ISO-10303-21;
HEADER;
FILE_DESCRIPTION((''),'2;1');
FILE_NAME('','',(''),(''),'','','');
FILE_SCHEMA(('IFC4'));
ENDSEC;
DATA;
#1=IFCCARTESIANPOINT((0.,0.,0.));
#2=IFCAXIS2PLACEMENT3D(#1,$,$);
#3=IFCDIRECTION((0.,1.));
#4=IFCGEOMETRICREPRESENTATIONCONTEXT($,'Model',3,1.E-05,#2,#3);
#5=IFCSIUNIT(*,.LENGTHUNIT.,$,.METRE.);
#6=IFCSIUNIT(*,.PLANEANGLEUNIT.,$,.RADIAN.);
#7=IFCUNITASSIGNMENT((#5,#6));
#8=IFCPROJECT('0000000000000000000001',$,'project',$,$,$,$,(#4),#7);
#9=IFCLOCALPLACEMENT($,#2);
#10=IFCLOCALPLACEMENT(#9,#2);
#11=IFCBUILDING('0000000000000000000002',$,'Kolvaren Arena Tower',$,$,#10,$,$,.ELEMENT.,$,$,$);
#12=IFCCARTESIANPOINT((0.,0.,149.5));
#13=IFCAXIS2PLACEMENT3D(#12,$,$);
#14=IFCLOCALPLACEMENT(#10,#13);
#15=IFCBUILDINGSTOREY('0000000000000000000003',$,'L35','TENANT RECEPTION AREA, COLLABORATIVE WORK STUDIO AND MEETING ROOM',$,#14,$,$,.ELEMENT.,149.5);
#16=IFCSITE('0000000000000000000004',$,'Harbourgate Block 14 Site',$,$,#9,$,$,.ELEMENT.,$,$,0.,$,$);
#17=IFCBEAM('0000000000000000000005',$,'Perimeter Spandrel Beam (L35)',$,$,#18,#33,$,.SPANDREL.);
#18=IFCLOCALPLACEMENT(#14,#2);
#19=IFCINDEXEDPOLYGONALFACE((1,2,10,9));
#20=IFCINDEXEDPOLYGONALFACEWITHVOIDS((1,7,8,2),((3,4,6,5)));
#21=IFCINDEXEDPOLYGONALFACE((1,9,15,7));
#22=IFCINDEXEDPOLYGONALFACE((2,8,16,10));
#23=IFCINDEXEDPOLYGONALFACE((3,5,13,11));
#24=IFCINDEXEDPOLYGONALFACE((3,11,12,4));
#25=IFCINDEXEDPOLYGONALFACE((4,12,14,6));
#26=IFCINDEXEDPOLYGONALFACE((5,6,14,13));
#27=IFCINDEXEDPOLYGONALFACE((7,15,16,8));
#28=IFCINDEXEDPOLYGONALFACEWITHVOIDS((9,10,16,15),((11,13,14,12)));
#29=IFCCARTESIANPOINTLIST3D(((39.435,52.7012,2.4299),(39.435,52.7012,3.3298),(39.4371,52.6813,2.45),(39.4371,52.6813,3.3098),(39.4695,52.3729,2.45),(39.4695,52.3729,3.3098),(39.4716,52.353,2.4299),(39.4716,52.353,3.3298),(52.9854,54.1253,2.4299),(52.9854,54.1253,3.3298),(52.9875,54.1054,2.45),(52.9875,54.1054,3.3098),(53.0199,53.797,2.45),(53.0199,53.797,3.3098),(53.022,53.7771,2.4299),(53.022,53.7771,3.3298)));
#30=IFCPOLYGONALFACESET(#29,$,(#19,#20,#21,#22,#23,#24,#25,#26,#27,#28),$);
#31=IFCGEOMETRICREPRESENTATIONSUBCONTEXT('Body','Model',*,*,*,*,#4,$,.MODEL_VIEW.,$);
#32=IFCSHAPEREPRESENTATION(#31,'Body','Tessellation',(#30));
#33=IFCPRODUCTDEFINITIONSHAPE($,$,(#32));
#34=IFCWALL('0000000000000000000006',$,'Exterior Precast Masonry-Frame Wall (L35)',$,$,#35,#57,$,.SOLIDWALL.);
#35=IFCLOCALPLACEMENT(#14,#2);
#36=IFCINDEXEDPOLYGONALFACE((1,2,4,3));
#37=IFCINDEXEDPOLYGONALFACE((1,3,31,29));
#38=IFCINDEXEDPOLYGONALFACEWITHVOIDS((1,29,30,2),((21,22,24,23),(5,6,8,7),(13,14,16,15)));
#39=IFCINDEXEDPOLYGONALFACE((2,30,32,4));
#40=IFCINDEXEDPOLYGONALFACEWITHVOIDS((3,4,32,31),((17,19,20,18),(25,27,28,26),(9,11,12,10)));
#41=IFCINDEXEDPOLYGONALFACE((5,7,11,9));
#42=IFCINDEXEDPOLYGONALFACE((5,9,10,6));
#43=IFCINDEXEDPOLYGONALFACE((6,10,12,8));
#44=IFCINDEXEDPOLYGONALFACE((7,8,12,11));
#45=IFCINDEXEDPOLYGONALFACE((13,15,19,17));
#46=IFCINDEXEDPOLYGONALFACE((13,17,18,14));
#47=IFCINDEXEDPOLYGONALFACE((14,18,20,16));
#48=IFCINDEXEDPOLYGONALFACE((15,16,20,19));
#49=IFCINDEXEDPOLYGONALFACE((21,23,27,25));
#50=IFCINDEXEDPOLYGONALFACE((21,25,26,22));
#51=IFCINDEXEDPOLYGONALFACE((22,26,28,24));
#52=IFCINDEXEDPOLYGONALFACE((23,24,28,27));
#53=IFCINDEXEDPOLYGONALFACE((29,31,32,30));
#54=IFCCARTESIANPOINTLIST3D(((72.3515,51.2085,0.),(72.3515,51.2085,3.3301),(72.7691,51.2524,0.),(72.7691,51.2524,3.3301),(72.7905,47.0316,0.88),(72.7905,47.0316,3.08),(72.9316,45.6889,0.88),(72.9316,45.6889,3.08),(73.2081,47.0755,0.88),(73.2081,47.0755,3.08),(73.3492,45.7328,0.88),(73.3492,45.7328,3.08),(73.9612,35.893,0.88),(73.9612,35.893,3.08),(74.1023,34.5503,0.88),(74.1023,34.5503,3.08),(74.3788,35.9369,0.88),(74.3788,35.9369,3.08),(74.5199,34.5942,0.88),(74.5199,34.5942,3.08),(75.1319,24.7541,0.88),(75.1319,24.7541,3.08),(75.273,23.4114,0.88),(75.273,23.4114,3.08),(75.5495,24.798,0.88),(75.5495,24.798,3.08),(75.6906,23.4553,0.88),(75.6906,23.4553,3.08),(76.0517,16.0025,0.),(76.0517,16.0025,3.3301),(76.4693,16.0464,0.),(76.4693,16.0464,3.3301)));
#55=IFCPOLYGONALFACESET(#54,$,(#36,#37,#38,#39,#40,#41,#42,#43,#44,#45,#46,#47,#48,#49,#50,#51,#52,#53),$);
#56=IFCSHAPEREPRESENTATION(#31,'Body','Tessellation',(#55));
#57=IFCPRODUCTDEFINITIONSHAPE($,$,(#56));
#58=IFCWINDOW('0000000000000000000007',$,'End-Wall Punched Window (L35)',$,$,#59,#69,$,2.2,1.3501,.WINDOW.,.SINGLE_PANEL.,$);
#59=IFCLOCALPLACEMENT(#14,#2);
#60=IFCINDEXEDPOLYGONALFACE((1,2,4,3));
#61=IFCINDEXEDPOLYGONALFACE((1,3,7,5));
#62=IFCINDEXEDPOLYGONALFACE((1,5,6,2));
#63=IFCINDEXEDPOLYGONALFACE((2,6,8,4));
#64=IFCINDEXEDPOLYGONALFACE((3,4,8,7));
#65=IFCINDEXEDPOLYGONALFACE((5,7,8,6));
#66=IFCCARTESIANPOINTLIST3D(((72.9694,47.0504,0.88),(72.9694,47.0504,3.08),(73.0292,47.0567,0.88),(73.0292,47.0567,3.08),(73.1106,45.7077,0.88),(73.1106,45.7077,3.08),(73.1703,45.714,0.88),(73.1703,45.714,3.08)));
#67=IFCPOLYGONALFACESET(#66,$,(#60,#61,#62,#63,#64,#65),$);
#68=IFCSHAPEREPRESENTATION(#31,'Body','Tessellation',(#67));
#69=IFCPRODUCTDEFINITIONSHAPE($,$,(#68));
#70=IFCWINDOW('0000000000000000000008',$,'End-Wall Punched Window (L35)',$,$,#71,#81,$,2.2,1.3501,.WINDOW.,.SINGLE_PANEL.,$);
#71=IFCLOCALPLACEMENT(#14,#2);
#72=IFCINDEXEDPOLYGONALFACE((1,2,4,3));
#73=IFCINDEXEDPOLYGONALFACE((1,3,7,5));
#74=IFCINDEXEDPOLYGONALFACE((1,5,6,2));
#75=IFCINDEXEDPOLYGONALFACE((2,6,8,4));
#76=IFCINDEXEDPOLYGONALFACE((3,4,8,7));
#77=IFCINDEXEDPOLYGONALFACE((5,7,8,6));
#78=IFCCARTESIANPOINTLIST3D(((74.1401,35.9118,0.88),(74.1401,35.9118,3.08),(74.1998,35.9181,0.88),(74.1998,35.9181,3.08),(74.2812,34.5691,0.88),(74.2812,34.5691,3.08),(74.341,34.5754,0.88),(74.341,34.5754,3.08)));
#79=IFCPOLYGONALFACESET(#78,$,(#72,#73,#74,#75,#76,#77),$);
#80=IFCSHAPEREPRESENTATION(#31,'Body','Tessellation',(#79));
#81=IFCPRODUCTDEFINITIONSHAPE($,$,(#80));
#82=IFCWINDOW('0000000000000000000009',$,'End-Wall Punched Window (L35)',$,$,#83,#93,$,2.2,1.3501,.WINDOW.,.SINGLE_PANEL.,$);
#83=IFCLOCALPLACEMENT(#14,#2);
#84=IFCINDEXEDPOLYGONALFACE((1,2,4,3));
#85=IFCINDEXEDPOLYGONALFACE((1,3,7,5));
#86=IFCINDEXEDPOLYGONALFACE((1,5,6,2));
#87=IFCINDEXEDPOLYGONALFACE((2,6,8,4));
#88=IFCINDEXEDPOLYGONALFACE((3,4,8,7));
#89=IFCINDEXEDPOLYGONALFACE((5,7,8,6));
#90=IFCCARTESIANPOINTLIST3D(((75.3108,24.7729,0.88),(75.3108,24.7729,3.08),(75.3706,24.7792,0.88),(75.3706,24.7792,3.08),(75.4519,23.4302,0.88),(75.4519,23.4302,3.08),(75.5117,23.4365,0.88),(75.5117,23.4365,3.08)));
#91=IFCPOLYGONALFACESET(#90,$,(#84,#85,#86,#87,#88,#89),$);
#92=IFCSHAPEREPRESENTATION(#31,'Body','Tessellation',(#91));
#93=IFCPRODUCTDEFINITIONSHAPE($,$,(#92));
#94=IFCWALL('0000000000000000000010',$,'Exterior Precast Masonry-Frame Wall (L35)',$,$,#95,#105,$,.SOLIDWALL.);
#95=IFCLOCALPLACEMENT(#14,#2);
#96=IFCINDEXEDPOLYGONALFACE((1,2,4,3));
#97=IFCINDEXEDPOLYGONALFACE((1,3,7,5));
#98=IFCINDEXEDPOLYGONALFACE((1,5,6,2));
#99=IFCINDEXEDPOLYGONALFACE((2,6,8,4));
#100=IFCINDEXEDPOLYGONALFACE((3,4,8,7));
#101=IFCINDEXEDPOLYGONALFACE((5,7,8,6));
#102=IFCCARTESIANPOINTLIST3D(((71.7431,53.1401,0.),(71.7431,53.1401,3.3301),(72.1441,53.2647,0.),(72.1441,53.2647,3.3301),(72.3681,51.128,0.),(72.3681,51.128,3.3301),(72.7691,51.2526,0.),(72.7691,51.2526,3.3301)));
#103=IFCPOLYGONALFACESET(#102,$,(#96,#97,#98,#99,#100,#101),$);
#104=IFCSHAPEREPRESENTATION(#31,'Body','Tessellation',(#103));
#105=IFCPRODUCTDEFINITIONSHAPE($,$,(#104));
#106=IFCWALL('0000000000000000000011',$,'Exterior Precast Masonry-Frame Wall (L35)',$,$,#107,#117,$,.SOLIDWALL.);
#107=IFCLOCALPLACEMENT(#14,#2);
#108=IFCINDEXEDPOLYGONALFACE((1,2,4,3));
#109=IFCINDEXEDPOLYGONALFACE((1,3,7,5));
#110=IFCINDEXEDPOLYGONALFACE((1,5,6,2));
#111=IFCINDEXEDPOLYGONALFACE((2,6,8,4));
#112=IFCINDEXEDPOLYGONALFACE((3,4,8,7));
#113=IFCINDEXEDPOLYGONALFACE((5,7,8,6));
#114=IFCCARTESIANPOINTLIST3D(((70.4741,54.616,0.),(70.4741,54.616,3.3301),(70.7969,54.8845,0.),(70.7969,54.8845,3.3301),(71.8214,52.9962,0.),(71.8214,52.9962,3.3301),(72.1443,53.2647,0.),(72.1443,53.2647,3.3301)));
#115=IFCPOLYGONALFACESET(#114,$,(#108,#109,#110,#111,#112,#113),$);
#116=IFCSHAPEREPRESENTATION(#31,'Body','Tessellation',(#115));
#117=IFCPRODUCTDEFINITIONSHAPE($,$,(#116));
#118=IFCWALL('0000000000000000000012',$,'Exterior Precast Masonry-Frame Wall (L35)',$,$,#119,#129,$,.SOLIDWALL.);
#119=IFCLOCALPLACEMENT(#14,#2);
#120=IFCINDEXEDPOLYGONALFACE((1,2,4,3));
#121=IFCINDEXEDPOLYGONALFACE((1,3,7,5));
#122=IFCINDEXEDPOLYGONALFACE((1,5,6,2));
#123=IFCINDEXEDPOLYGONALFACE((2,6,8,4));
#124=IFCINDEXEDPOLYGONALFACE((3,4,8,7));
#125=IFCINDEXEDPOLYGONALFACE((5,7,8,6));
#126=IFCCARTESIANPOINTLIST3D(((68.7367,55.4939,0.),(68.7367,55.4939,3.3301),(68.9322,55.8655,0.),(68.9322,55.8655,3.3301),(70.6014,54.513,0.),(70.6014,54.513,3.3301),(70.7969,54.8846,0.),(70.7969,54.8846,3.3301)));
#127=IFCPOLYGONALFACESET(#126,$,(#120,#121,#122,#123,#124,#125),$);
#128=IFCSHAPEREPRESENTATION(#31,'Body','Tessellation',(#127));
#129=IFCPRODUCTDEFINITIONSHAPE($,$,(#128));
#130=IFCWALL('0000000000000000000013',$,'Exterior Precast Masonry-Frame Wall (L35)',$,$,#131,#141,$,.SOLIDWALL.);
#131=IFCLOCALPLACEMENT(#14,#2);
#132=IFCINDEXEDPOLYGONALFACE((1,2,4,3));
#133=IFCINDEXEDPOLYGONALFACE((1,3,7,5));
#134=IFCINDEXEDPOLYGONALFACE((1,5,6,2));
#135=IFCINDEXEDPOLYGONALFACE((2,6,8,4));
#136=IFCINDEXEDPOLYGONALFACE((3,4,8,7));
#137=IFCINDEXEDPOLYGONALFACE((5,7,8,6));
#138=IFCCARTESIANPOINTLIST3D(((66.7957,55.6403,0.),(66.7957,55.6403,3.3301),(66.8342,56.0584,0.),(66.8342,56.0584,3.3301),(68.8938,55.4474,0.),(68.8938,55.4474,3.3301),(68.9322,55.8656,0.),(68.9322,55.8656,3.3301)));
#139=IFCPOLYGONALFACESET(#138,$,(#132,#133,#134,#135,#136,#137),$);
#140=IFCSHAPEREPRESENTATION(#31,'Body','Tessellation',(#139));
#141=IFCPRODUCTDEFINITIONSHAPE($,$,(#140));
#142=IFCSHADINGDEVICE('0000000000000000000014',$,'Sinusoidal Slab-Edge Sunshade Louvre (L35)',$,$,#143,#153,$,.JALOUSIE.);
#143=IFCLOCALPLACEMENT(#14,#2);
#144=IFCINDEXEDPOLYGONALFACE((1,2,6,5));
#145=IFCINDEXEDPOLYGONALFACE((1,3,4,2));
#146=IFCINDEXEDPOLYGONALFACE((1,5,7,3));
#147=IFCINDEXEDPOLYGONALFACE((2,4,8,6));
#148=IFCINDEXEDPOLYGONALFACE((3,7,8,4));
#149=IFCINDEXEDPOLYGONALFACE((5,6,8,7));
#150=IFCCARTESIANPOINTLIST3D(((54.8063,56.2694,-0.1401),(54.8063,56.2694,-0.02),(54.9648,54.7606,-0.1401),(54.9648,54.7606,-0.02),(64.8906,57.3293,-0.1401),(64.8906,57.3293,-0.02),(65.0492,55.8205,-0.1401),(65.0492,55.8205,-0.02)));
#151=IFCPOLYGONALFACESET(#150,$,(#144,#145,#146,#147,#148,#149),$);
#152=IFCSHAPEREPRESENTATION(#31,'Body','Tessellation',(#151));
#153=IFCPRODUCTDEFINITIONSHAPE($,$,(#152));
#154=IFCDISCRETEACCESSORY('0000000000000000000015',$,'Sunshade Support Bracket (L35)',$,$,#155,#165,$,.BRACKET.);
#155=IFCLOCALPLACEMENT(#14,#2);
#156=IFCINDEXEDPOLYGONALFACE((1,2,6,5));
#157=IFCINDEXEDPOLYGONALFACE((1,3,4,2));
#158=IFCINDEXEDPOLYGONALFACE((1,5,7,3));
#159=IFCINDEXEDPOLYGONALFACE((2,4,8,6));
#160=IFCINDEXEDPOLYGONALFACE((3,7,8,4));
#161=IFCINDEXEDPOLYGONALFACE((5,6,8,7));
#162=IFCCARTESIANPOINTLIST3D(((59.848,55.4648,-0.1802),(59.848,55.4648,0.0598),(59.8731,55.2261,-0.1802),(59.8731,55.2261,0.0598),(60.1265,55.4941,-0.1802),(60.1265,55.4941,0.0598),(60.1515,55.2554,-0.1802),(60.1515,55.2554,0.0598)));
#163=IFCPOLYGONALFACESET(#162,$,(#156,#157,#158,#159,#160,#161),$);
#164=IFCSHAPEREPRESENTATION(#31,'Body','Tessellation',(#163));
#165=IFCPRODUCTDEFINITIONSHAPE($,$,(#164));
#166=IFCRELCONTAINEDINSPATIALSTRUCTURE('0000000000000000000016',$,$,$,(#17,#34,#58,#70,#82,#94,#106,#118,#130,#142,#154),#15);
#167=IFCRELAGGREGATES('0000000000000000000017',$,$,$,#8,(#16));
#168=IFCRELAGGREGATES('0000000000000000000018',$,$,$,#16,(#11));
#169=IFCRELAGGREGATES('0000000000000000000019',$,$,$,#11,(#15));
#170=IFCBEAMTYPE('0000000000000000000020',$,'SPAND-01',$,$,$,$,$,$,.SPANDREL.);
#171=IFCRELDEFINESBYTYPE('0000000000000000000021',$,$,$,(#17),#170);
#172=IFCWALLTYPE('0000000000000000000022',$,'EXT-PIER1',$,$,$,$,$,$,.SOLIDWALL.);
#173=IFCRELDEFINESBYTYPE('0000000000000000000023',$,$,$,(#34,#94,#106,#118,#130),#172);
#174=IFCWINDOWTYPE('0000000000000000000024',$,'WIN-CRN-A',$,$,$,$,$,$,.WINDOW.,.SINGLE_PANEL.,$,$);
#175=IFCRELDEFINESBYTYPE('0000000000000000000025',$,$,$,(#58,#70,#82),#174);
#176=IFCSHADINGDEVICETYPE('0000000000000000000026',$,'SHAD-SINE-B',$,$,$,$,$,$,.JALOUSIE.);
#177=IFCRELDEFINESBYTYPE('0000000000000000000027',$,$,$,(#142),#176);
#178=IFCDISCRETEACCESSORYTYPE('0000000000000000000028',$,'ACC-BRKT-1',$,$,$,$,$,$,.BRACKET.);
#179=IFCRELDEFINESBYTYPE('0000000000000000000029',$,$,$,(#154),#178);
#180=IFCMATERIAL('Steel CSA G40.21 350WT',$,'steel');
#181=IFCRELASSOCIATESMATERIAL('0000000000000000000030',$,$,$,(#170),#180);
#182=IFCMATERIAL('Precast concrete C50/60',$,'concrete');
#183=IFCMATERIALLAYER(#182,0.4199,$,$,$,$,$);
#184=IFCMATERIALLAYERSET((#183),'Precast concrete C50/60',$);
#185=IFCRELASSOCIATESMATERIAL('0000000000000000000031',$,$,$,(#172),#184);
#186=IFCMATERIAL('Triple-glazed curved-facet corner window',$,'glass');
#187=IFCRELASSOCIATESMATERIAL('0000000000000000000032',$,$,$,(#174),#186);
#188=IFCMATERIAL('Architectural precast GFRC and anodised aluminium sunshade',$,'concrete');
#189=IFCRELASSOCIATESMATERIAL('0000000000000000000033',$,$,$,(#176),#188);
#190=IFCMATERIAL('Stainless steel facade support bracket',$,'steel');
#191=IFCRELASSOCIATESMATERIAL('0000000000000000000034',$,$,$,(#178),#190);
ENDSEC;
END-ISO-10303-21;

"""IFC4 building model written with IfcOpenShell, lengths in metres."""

from ifc_helpers import new_model, si_unit, direction, frame, frame_2d, origin, origin_2d, place, context, subcontext, project, spatial, rectangle, hollow_rectangle, extrude, material, layer, layer_set, material_profile, profile_set, type_object, element, fill, save


model = new_model("IFC4")

# Units and contexts
model_context = context("Model", 3, precision=1e-05, world=origin(), true_north=direction((0.0, 1.0)))
body_context = subcontext(model_context, "Body", "Model", "MODEL_VIEW")
ifc_project = project(units=[si_unit("LENGTHUNIT", "METRE"), si_unit("PLANEANGLEUNIT", "RADIAN")], contexts=[model_context])

# Site, building, storey
site_placement = place(None, origin())
site = spatial("IfcSite", under=ifc_project, at=site_placement, Name="Harbourgate Block 14 Site", CompositionType="ELEMENT", RefElevation=0.0)
building_placement = place(site_placement, origin())
building = spatial("IfcBuilding", under=site, at=building_placement, Name="Kolvaren Arena Tower", CompositionType="ELEMENT")
storey_placement = place(building_placement, frame((0.0, 0.0, 149.5)))
storey = spatial("IfcBuildingStorey", under=building, at=storey_placement, Name="L35", Description="TENANT RECEPTION AREA, COLLABORATIVE WORK STUDIO AND MEETING ROOM", CompositionType="ELEMENT", Elevation=149.5)

# Beam
ifc_material_1 = material(Name="Steel CSA G40.21 350WT", Category="steel")
ifc_material_profile_1 = material_profile(ifc_material_1, hollow_rectangle(XDim=0.3501, YDim=0.8999, WallThickness=0.02, at=origin_2d()), Name="HSS 900x350x20")
ifc_profile_set_1 = profile_set([ifc_material_profile_1], Name="Steel CSA G40.21 350WT")
beam_type_1 = type_object("IfcBeamType", Name="SPAND-01", PredefinedType="SPANDREL", material=ifc_profile_set_1)
beam_1_placement = place(storey_placement, frame((53.0037, 53.9512, 2.8799), z_axis=(-0.994523, -0.10452, 0.0), x_axis=(0.10452, -0.994523, 0.0)))
element("IfcBeam", 1, at=beam_1_placement, inside=storey, type_object=beam_type_1, Name="Perimeter Spandrel Beam (L35)", PredefinedType="SPANDREL", context=body_context, shape_type="SweptSolid", body=[
    extrude(hollow_rectangle(XDim=0.3501, YDim=0.8999, WallThickness=0.02, at=origin_2d()), origin(), (0.0, 0.0, 1.0), 13.625),
])

# Wall, openings, windows
ifc_material_2 = material(Name="Precast concrete C50/60", Category="concrete")
ifc_layer = layer(ifc_material_2, 0.4199)
ifc_layer_set = layer_set([ifc_layer], Name="Precast concrete C50/60")
wall_type = type_object("IfcWallType", Name="EXT-PIER1", PredefinedType="SOLIDWALL", material=ifc_layer_set)
wall_placement = place(storey_placement, frame((72.5603, 51.2305, 0.0), z_axis=(0.0, 0.0, 1.0), x_axis=(0.104525, -0.994522, 0.0)))
wall = element("IfcWall", 2, at=wall_placement, inside=storey, type_object=wall_type, Name="Exterior Precast Masonry-Frame Wall (L35)", PredefinedType="SOLIDWALL", context=body_context, shape_type="SweptSolid", body=[
    extrude(rectangle(XDim=35.3999, YDim=0.4199, at=frame_2d((17.7, 0.0))), origin(), (0.0, 0.0, 1.0), 3.3301),
])
opening_1_placement = place(wall_placement, frame((4.2, 0.0, 0.8799)))
opening_1 = element("IfcOpeningElement", 3, at=opening_1_placement, cuts=wall, PredefinedType="OPENING", context=body_context, shape_type="SweptSolid", body=[
    extrude(rectangle(XDim=1.3501, YDim=2.2, at=frame_2d((0.675, 1.1001))), frame((0.0, 0.22, 0.0), z_axis=(0.0, -1.0, 0.0), x_axis=(1.0, 0.0, 0.0)), (0.0, 0.0, 1.0), 0.4399),
])
opening_2_placement = place(wall_placement, frame((15.3999, 0.0, 0.8799)))
opening_2 = element("IfcOpeningElement", 4, at=opening_2_placement, cuts=wall, PredefinedType="OPENING", context=body_context, shape_type="SweptSolid", body=[
    extrude(rectangle(XDim=1.3501, YDim=2.2, at=frame_2d((0.675, 1.1001))), frame((0.0, 0.22, 0.0), z_axis=(0.0, -1.0, 0.0), x_axis=(1.0, 0.0, 0.0)), (0.0, 0.0, 1.0), 0.4399),
])
opening_3_placement = place(wall_placement, frame((26.6001, 0.0, 0.8799)))
opening_3 = element("IfcOpeningElement", 5, at=opening_3_placement, cuts=wall, PredefinedType="OPENING", context=body_context, shape_type="SweptSolid", body=[
    extrude(rectangle(XDim=1.3501, YDim=2.2, at=frame_2d((0.675, 1.1001))), frame((0.0, 0.22, 0.0), z_axis=(0.0, -1.0, 0.0), x_axis=(1.0, 0.0, 0.0)), (0.0, 0.0, 1.0), 0.4399),
])
ifc_material_3 = material(Name="Triple-glazed curved-facet corner window", Category="glass")
window_type = type_object("IfcWindowType", Name="WIN-CRN-A", PartitioningType="SINGLE_PANEL", PredefinedType="WINDOW", material=ifc_material_3)
window_1_placement = place(opening_1_placement, origin())
window_1 = element("IfcWindow", 6, at=window_1_placement, inside=storey, type_object=window_type, Name="End-Wall Punched Window (L35)", OverallHeight=2.2, OverallWidth=1.3501, PartitioningType="SINGLE_PANEL", PredefinedType="WINDOW", context=body_context, shape_type="SweptSolid", body=[
    extrude(rectangle(XDim=1.3501, YDim=2.2, at=frame_2d((0.675, 1.1001))), frame((0.0, 0.03, 0.0), z_axis=(0.0, -1.0, 0.0), x_axis=(1.0, 0.0, 0.0)), (0.0, 0.0, 1.0), 0.0601),
])
fill(opening_1, window_1)
window_2_placement = place(opening_2_placement, origin())
window_2 = element("IfcWindow", 7, at=window_2_placement, inside=storey, type_object=window_type, Name="End-Wall Punched Window (L35)", OverallHeight=2.2, OverallWidth=1.3501, PartitioningType="SINGLE_PANEL", PredefinedType="WINDOW", context=body_context, shape_type="SweptSolid", body=[
    extrude(rectangle(XDim=1.3501, YDim=2.2, at=frame_2d((0.675, 1.1001))), frame((0.0, 0.03, 0.0), z_axis=(0.0, -1.0, 0.0), x_axis=(1.0, 0.0, 0.0)), (0.0, 0.0, 1.0), 0.0601),
])
fill(opening_2, window_2)
window_3_placement = place(opening_3_placement, origin())
window_3 = element("IfcWindow", 8, at=window_3_placement, inside=storey, type_object=window_type, Name="End-Wall Punched Window (L35)", OverallHeight=2.2, OverallWidth=1.3501, PartitioningType="SINGLE_PANEL", PredefinedType="WINDOW", context=body_context, shape_type="SweptSolid", body=[
    extrude(rectangle(XDim=1.3501, YDim=2.2, at=frame_2d((0.675, 1.1001))), frame((0.0, 0.03, 0.0), z_axis=(0.0, -1.0, 0.0), x_axis=(1.0, 0.0, 0.0)), (0.0, 0.0, 1.0), 0.0601),
])
fill(opening_3, window_3)

# Walls
for number, where, z_axis, x_axis, name in (
    (9, (71.9436, 53.2024, 0.0), (0.0, 0.0, 1.0), (0.296625, -0.954994, 0.0), "Exterior Precast Masonry-Frame Wall (L35)"),
    (10, (70.6355, 54.7502, 0.0), (0.0, 0.0, 1.0), (0.639489, -0.7688, 0.0), "Exterior Precast Masonry-Frame Wall (L35)"),
    (11, (68.8345, 55.6797, 0.0), (0.0, 0.0, 1.0), (0.885014, -0.465565, 0.0), "Exterior Precast Masonry-Frame Wall (L35)"),
    (12, (66.8149, 55.8494, 0.0), (0.0, 0.0, 1.0), (0.995802, -0.091539, 0.0), "Exterior Precast Masonry-Frame Wall (L35)"),
):
    element("IfcWall", number, at=place(storey_placement, frame(where, z_axis=z_axis, x_axis=x_axis)), inside=storey, type_object=wall_type, Name=name, PredefinedType="SOLIDWALL", context=body_context, shape_type="SweptSolid", body=[
        extrude(rectangle(XDim=2.1069, YDim=0.4199, at=frame_2d((1.0535, 0.0))), origin(), (0.0, 0.0, 1.0), 3.3301),
    ])

# Shading device
ifc_material_4 = material(Name="Architectural precast GFRC and anodised aluminium sunshade", Category="concrete")
shading_device_type = type_object("IfcShadingDeviceType", Name="SHAD-SINE-B", PredefinedType="JALOUSIE", material=ifc_material_4)
shading_device_placement = place(storey_placement, frame((59.9277, 56.0449, -0.1401), z_axis=(0.0, 0.0, 1.0), x_axis=(0.994522, 0.104527, 0.0)))
element("IfcShadingDevice", 13, at=shading_device_placement, inside=storey, type_object=shading_device_type, Name="Sinusoidal Slab-Edge Sunshade Louvre (L35)", PredefinedType="JALOUSIE", context=body_context, shape_type="SweptSolid", body=[
    extrude(rectangle(XDim=10.1399, YDim=1.5171, at=origin_2d()), origin(), (0.0, 0.0, 1.0), 0.1201),
])

# Discrete accessory
ifc_material_5 = material(Name="Stainless steel facade support bracket", Category="steel")
discrete_accessory_type = type_object("IfcDiscreteAccessoryType", Name="ACC-BRKT-1", PredefinedType="BRACKET", material=ifc_material_5)
discrete_accessory_placement = place(storey_placement, frame((59.9998, 55.3601, -0.1802), z_axis=(0.0, 0.0, 1.0), x_axis=(0.994522, 0.104527, 0.0)))
element("IfcDiscreteAccessory", 14, at=discrete_accessory_placement, inside=storey, type_object=discrete_accessory_type, Name="Sunshade Support Bracket (L35)", PredefinedType="BRACKET", context=body_context, shape_type="SweptSolid", body=[
    extrude(rectangle(XDim=0.28, YDim=0.24, at=origin_2d()), origin(), (0.0, 0.0, 1.0), 0.24),
])

save(model, "model.ifc")
